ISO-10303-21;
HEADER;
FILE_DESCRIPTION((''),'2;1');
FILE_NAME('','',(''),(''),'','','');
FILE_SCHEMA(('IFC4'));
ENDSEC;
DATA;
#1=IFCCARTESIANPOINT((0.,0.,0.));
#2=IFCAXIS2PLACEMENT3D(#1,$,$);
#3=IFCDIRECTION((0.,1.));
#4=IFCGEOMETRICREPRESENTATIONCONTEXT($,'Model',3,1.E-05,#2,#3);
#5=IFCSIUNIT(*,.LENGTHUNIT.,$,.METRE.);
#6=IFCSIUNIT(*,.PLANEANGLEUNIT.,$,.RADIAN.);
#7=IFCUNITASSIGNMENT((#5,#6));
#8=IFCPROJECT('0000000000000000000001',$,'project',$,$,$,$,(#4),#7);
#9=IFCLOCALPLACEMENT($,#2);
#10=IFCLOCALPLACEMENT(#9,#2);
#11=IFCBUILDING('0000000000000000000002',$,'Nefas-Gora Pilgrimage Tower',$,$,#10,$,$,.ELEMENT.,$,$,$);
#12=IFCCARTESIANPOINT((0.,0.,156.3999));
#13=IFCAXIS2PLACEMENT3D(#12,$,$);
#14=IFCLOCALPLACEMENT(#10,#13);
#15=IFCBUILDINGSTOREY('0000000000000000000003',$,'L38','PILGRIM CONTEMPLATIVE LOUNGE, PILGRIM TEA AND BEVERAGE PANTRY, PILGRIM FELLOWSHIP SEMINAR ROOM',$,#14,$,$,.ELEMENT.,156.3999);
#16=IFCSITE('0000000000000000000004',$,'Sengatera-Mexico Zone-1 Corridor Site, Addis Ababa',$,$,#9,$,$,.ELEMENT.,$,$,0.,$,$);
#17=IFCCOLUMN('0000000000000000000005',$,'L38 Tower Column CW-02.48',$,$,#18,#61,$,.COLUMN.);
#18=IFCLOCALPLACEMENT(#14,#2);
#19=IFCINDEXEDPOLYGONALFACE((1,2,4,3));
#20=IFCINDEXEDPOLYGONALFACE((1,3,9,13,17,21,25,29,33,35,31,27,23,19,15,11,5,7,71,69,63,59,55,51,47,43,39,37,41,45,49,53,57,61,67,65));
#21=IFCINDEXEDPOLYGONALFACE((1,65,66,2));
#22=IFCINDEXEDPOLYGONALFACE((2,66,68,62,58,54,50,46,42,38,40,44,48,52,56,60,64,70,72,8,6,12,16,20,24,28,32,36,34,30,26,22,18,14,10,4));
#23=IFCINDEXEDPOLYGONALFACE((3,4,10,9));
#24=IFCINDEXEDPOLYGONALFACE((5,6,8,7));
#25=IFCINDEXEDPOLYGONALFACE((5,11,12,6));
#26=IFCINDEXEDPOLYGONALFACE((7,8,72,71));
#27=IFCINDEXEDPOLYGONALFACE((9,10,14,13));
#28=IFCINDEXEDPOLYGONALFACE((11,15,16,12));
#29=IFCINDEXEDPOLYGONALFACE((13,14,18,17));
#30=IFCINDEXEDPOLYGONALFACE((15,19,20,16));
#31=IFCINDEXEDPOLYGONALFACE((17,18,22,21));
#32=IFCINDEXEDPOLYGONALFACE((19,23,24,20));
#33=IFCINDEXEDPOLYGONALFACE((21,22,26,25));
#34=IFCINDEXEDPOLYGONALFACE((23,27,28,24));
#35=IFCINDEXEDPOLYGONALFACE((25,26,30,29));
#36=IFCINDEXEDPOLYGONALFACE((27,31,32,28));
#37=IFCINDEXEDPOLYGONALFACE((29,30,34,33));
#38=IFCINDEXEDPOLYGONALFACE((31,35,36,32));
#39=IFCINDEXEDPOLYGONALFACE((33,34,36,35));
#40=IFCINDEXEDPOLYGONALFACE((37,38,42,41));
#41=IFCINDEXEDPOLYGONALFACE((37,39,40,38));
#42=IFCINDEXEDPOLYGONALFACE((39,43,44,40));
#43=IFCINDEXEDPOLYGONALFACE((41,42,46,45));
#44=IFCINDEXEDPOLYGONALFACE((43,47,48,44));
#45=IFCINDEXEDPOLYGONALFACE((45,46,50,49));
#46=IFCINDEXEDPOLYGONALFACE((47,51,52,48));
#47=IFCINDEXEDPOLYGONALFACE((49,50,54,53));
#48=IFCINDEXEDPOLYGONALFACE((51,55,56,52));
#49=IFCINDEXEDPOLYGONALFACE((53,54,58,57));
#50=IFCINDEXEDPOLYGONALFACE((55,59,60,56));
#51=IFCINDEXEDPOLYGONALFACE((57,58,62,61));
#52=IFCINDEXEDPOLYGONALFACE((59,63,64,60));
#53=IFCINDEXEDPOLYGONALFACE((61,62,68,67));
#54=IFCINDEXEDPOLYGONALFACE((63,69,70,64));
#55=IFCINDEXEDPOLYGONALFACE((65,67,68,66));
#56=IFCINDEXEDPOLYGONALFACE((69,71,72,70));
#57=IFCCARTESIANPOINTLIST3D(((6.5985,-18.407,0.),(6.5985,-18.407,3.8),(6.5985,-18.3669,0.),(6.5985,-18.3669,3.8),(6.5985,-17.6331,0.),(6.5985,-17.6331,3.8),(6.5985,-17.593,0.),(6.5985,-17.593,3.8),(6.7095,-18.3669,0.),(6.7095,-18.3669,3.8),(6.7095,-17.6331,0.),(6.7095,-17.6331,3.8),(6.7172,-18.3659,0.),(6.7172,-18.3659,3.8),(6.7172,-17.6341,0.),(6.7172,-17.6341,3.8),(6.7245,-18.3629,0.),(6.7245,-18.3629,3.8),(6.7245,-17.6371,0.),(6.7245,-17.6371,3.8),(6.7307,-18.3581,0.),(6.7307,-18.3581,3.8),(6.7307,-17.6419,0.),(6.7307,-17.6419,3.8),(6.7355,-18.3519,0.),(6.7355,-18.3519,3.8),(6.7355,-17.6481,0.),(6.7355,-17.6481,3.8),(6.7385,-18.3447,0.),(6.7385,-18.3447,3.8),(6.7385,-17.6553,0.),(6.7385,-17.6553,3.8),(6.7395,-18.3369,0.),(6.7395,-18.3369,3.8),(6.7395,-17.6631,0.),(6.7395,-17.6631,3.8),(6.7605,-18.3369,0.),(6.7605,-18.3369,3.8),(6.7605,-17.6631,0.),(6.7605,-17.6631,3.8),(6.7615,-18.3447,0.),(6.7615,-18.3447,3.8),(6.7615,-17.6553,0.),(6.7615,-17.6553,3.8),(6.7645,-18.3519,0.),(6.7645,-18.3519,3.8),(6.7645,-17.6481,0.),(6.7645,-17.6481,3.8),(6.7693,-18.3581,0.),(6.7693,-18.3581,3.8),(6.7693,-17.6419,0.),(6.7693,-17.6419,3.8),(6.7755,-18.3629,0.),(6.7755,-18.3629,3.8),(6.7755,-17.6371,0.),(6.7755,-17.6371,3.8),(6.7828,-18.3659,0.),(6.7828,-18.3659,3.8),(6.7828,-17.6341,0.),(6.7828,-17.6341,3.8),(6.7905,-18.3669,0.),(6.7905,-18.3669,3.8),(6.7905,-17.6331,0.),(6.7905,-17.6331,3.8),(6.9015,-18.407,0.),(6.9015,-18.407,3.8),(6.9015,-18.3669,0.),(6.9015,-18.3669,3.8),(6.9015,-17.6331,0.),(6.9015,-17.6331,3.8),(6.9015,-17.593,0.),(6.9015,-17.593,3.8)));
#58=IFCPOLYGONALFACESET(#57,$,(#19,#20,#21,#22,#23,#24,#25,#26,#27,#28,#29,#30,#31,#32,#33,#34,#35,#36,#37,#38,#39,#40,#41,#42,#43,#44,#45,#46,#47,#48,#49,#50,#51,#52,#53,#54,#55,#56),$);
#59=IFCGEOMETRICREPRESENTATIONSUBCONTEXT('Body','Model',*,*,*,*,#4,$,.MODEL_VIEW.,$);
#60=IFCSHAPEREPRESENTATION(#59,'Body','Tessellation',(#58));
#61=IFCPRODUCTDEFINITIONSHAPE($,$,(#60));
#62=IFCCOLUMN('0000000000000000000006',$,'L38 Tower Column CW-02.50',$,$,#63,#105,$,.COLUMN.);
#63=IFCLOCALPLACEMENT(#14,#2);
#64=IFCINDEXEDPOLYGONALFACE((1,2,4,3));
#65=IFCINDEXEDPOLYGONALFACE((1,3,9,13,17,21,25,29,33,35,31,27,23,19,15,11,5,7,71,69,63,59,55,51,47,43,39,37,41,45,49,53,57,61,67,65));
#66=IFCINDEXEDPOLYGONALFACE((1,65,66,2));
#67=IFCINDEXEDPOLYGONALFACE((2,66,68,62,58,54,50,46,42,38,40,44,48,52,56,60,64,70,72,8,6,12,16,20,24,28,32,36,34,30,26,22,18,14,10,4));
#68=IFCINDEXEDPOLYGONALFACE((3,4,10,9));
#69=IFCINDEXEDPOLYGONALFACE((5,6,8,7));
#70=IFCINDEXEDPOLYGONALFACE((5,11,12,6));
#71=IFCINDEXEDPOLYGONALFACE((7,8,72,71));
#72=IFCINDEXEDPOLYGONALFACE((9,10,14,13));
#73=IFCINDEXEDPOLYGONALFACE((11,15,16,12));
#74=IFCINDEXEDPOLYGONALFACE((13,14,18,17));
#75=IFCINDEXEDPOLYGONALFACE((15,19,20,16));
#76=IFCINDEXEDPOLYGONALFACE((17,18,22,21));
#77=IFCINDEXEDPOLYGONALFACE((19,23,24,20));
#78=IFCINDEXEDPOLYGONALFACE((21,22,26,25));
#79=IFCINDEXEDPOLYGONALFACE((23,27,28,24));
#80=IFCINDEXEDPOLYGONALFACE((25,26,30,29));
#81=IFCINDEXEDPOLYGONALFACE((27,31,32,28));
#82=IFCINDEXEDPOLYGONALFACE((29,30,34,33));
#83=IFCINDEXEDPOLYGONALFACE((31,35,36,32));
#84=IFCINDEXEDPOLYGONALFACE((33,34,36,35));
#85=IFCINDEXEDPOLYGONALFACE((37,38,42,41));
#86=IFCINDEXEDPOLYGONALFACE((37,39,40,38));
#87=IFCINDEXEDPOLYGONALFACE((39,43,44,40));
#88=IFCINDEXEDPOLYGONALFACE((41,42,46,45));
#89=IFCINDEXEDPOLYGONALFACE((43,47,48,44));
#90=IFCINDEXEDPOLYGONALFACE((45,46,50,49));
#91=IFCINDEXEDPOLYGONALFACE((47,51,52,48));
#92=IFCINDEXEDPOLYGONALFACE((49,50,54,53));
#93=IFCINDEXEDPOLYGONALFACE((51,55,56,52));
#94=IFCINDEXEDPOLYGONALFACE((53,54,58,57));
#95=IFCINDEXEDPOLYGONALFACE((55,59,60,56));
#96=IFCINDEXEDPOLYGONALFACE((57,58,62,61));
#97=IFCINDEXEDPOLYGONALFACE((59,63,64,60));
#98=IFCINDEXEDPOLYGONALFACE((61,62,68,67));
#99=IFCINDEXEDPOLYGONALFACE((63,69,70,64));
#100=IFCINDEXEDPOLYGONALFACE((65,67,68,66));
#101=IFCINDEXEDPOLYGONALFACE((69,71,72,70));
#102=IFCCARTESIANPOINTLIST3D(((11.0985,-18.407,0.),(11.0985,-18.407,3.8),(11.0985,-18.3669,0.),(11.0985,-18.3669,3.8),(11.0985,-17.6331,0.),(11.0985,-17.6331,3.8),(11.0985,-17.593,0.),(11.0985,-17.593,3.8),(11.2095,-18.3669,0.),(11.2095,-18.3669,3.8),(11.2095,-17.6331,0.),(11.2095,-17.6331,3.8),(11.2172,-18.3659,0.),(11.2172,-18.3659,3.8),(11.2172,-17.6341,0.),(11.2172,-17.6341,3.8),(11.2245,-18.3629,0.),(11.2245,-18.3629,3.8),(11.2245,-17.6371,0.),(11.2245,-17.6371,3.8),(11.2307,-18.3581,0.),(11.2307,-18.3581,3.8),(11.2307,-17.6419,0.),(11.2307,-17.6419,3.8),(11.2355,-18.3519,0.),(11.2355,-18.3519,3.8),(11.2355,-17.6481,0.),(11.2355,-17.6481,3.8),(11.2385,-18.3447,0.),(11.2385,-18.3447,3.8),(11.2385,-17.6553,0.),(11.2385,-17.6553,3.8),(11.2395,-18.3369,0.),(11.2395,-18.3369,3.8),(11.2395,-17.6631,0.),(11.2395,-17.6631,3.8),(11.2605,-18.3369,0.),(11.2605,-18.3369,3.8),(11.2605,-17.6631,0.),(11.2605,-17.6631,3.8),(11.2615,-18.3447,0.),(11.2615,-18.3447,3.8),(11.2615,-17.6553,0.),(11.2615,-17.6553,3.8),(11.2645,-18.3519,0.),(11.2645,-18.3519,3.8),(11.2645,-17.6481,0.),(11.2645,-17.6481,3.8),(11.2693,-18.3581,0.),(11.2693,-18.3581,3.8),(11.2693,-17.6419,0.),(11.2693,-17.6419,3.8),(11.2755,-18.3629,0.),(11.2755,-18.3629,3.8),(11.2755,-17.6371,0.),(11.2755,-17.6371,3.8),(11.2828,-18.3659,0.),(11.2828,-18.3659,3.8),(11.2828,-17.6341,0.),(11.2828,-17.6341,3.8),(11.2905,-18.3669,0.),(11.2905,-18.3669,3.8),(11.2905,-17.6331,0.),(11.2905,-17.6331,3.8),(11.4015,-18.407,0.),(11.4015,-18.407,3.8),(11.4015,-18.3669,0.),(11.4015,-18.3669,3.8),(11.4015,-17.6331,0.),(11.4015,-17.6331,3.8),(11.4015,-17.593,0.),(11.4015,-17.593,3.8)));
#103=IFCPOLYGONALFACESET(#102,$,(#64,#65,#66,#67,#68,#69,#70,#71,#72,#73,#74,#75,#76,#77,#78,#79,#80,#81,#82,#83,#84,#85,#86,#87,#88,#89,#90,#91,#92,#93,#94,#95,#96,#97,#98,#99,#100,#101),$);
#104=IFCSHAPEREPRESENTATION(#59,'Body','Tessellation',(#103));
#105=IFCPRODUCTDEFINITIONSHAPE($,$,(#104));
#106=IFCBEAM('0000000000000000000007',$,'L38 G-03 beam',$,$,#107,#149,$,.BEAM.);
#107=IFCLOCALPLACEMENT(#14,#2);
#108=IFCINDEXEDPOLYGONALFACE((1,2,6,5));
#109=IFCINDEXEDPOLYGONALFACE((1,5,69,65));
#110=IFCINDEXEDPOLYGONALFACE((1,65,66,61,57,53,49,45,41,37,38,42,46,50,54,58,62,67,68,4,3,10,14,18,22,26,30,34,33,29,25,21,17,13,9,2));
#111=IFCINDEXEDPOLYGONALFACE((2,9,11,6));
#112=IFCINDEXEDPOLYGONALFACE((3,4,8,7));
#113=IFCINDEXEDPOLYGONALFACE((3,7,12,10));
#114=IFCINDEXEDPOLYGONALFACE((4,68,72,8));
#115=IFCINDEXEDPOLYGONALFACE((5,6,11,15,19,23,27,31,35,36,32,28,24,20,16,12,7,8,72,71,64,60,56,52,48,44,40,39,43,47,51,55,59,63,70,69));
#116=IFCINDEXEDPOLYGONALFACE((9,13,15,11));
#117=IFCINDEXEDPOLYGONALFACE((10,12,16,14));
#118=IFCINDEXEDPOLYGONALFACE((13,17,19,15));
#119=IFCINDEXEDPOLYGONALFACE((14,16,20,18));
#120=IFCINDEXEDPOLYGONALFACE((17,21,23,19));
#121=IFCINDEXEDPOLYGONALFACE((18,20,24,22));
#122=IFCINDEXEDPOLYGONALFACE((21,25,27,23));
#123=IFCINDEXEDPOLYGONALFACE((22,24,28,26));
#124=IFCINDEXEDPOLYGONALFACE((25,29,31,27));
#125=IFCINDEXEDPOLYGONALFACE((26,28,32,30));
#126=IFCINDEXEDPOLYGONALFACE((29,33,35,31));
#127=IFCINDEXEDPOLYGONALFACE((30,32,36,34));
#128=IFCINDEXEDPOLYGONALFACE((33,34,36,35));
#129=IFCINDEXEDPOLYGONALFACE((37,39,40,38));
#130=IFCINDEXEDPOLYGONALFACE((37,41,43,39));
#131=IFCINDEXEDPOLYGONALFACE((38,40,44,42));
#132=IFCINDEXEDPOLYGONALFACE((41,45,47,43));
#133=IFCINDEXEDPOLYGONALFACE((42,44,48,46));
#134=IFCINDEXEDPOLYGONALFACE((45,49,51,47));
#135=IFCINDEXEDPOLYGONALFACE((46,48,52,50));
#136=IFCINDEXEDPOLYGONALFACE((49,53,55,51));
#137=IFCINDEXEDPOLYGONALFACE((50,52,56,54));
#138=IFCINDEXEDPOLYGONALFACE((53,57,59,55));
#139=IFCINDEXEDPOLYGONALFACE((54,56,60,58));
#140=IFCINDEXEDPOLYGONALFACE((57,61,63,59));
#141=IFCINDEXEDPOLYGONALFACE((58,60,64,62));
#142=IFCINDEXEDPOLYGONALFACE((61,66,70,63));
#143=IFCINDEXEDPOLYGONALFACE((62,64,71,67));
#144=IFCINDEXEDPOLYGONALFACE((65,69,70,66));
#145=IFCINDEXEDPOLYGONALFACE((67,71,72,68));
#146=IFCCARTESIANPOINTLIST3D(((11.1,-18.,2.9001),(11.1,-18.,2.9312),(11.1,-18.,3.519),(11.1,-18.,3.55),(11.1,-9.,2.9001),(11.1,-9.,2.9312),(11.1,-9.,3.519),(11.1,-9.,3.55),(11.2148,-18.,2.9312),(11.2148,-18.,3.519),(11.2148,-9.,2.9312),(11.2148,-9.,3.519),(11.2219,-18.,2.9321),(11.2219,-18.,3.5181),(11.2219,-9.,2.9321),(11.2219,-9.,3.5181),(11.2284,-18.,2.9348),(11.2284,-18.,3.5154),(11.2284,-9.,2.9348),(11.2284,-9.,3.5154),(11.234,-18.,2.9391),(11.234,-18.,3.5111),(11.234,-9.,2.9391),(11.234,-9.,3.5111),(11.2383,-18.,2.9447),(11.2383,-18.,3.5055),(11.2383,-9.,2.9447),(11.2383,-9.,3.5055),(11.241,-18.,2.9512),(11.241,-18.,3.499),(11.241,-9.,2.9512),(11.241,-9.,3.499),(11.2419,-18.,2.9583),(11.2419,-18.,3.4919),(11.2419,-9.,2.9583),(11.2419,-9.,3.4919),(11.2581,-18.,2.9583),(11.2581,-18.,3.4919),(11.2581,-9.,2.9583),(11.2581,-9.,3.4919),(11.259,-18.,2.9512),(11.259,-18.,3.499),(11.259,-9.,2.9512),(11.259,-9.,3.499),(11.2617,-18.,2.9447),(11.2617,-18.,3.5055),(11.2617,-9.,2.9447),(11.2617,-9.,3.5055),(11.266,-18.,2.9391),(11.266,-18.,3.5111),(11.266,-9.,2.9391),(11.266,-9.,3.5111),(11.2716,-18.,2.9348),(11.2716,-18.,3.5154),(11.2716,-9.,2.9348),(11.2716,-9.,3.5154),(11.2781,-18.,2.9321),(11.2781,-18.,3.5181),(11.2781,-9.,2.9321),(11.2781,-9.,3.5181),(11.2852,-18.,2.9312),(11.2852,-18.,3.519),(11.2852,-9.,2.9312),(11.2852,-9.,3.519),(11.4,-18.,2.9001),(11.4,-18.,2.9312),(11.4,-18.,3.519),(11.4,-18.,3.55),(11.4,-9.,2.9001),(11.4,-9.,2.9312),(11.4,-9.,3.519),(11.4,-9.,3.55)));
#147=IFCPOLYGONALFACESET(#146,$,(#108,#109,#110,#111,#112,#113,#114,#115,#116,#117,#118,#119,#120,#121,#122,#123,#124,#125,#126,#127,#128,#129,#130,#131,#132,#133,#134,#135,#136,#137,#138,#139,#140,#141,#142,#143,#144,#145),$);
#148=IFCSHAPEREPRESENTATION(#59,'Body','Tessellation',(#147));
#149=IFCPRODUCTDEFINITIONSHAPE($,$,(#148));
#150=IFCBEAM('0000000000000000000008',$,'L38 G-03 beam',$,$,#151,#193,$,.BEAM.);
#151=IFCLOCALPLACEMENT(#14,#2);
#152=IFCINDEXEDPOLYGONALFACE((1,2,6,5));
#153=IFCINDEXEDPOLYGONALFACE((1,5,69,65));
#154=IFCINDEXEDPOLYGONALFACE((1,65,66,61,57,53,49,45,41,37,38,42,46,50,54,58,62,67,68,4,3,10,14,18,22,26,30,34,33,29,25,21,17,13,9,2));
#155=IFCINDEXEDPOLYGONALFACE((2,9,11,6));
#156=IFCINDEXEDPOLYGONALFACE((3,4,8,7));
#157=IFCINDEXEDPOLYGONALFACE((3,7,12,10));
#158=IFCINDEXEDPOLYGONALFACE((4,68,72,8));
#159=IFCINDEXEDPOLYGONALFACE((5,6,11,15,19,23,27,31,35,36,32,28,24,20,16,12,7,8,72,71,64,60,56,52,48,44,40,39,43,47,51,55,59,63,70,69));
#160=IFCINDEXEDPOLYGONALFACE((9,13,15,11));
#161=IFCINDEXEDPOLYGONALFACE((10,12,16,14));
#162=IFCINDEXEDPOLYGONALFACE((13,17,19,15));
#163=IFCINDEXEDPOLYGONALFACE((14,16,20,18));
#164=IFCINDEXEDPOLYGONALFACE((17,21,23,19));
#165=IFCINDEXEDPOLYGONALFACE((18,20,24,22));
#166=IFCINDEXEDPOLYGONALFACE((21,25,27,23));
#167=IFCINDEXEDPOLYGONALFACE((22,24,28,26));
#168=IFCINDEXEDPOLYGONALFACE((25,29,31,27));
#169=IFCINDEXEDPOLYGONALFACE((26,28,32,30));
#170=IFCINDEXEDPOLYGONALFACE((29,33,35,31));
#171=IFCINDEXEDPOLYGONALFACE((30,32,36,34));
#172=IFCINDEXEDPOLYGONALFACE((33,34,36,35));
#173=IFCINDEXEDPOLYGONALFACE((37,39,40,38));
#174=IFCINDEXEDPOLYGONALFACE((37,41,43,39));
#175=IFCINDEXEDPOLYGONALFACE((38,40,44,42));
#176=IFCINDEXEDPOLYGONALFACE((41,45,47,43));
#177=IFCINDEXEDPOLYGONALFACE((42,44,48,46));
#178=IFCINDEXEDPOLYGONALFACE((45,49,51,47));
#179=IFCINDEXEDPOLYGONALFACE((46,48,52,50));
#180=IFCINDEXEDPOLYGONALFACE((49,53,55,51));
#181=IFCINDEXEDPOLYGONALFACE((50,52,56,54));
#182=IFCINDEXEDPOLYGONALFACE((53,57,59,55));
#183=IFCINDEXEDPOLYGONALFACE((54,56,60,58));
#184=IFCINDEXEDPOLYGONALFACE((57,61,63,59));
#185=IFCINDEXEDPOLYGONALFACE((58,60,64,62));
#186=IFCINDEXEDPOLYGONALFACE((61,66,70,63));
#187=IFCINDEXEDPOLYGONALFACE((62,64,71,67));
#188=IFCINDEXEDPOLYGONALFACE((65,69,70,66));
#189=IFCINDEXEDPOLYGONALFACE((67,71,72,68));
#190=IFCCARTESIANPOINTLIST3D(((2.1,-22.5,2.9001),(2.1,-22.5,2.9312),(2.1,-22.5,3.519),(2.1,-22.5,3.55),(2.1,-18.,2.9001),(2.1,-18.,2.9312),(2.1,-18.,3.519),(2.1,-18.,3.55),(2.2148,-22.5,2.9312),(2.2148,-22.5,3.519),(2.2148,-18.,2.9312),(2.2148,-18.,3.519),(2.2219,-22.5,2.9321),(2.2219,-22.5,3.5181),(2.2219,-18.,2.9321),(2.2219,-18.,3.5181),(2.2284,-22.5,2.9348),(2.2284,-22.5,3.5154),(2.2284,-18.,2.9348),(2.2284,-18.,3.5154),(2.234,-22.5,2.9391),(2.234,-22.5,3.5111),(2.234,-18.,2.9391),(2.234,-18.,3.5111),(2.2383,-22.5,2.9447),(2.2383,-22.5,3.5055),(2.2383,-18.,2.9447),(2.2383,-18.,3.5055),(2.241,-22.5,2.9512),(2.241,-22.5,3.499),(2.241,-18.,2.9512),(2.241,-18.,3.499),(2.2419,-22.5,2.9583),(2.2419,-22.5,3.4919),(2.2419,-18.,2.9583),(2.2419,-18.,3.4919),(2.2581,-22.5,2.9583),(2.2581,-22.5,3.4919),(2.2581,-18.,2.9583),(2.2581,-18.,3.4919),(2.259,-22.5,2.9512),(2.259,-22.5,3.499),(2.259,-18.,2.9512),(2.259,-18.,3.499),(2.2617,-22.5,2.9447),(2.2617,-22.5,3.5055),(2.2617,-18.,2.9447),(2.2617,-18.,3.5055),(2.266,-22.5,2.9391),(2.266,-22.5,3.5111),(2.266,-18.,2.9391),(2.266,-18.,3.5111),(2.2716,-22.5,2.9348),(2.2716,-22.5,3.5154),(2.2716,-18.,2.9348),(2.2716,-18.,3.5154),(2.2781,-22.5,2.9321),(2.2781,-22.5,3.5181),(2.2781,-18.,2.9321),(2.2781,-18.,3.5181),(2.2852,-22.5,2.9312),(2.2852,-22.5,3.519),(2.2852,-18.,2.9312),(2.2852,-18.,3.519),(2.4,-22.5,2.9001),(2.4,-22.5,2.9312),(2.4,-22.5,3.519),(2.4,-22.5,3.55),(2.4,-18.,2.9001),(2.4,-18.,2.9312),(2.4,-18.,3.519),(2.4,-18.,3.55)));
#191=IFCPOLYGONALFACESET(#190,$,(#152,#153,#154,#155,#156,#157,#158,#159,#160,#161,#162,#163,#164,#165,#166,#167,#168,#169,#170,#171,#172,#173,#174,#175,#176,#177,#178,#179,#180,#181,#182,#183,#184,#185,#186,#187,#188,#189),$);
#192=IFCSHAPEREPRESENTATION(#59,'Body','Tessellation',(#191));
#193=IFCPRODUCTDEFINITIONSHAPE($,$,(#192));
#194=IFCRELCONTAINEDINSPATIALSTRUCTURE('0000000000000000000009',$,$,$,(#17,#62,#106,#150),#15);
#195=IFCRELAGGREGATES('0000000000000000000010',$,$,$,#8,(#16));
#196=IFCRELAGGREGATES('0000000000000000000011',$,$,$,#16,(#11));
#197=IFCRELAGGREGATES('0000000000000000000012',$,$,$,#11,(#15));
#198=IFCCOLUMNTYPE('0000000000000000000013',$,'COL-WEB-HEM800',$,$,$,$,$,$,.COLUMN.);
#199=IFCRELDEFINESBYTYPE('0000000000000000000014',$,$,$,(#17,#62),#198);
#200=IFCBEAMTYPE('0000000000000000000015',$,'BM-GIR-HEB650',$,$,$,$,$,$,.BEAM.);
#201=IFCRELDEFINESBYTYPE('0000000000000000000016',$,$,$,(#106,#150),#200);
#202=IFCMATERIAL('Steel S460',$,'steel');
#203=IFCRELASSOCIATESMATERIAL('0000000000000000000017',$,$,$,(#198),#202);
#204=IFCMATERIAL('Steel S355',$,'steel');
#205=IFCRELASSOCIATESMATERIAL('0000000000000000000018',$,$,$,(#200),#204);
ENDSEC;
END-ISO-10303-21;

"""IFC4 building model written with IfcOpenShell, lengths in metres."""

from ifc_helpers import new_model, si_unit, direction, frame, origin, origin_2d, place, context, subcontext, project, spatial, i_section, extrude, source, transform, mapped, material, material_profile, profile_set, type_object, element, save


model = new_model("IFC4")

# Units and contexts
model_context = context("Model", 3, precision=1e-05, world=origin(), true_north=direction((0.0, 1.0)))
body_context = subcontext(model_context, "Body", "Model", "MODEL_VIEW")
ifc_project = project(units=[si_unit("LENGTHUNIT", "METRE"), si_unit("PLANEANGLEUNIT", "RADIAN")], contexts=[model_context])

# Site, building, storey
site_placement = place(None, origin())
site = spatial("IfcSite", under=ifc_project, at=site_placement, Name="Sengatera-Mexico Zone-1 Corridor Site, Addis Ababa", CompositionType="ELEMENT", RefElevation=0.0)
building_placement = place(site_placement, origin())
building = spatial("IfcBuilding", under=site, at=building_placement, Name="Nefas-Gora Pilgrimage Tower", CompositionType="ELEMENT")
storey_placement = place(building_placement, frame((0.0, 0.0, 156.3999)))
storey = spatial("IfcBuildingStorey", under=building, at=storey_placement, Name="L38", Description="PILGRIM CONTEMPLATIVE LOUNGE, PILGRIM TEA AND BEVERAGE PANTRY, PILGRIM FELLOWSHIP SEMINAR ROOM", CompositionType="ELEMENT", Elevation=156.3999)

# Columns
ifc_material_1 = material(Name="Steel S460", Category="steel")
ifc_material_profile_1 = material_profile(ifc_material_1, i_section(OverallWidth=0.303, OverallDepth=0.814, WebThickness=0.021, FlangeThickness=0.04, FilletRadius=0.03, at=origin_2d()), Name="HEM 800")
ifc_profile_set_1 = profile_set([ifc_material_profile_1], Name="Steel S460")
column_type_1 = type_object("IfcColumnType", Name="COL-WEB-HEM800", PredefinedType="COLUMN", material=ifc_profile_set_1)
shared_shape_1 = source(origin(), body_context, "Body", "SweptSolid", [
    extrude(i_section(OverallWidth=0.303, OverallDepth=0.814, WebThickness=0.021, FlangeThickness=0.04, FilletRadius=0.03, at=origin_2d()), origin(), (0.0, 0.0, 1.0), 3.8),
])
for number, where, z_axis, x_axis, name in (
    (1, (6.75, -18.0, 0.0), (0.0, 0.0, 1.0), (1.0, 0.0, 0.0), "L38 Tower Column CW-02.48"),
    (2, (11.25, -18.0, 0.0), (0.0, 0.0, 1.0), (1.0, 0.0, 0.0), "L38 Tower Column CW-02.50"),
):
    element("IfcColumn", number, at=place(storey_placement, frame(where, z_axis=z_axis, x_axis=x_axis)), inside=storey, type_object=column_type_1, Name=name, PredefinedType="COLUMN", context=body_context, shape_type="MappedRepresentation", body=[
        mapped(shared_shape_1, transform((0.0, 0.0, 0.0), x_axis=(1.0, 0.0, 0.0), y_axis=(0.0, 1.0, 0.0), z_axis=(0.0, 0.0, 1.0), scale=1.0)),
    ])

# Beams
ifc_material_2 = material(Name="Steel S355", Category="steel")
ifc_material_profile_2 = material_profile(ifc_material_2, i_section(OverallWidth=0.3, OverallDepth=0.6499, WebThickness=0.0161, FlangeThickness=0.031, FilletRadius=0.0271, at=origin_2d()), Name="HEB 650")
ifc_profile_set_2 = profile_set([ifc_material_profile_2], Name="Steel S355")
beam_type = type_object("IfcBeamType", Name="BM-GIR-HEB650", PredefinedType="BEAM", material=ifc_profile_set_2)
shared_shape_2 = source(origin(), body_context, "Body", "SweptSolid", [
    extrude(i_section(OverallWidth=0.3, OverallDepth=0.6499, WebThickness=0.0161, FlangeThickness=0.031, FilletRadius=0.0271, at=origin_2d()), origin(), (0.0, 0.0, 1.0), 9.0),
])
beam_placement = place(storey_placement, frame((11.25, -18.0, 3.2251), z_axis=(0.0, 1.0, 0.0), x_axis=(-1.0, 0.0, 0.0)))
element("IfcBeam", 3, at=beam_placement, inside=storey, type_object=beam_type, Name="L38 G-03 beam", PredefinedType="BEAM", context=body_context, shape_type="MappedRepresentation", body=[
    mapped(shared_shape_2, transform((0.0, 0.0, 0.0), x_axis=(1.0, 0.0, 0.0), y_axis=(0.0, 1.0, 0.0), z_axis=(0.0, 0.0, 1.0), scale=1.0)),
])
shared_shape_3 = source(origin(), body_context, "Body", "SweptSolid", [
    extrude(i_section(OverallWidth=0.3, OverallDepth=0.6499, WebThickness=0.0161, FlangeThickness=0.031, FilletRadius=0.0271, at=origin_2d()), origin(), (0.0, 0.0, 1.0), 4.5),
])
for number, where, z_axis, x_axis, name in (
    (4, (2.25, -22.5, 3.2251), (0.0, 1.0, 0.0), (-1.0, 0.0, 0.0), "L38 G-03 beam"),
):
    element("IfcBeam", number, at=place(storey_placement, frame(where, z_axis=z_axis, x_axis=x_axis)), inside=storey, type_object=beam_type, Name=name, PredefinedType="BEAM", context=body_context, shape_type="MappedRepresentation", body=[
        mapped(shared_shape_3, transform((0.0, 0.0, 0.0), x_axis=(1.0, 0.0, 0.0), y_axis=(0.0, 1.0, 0.0), z_axis=(0.0, 0.0, 1.0), scale=1.0)),
    ])

save(model, "model.ifc")
